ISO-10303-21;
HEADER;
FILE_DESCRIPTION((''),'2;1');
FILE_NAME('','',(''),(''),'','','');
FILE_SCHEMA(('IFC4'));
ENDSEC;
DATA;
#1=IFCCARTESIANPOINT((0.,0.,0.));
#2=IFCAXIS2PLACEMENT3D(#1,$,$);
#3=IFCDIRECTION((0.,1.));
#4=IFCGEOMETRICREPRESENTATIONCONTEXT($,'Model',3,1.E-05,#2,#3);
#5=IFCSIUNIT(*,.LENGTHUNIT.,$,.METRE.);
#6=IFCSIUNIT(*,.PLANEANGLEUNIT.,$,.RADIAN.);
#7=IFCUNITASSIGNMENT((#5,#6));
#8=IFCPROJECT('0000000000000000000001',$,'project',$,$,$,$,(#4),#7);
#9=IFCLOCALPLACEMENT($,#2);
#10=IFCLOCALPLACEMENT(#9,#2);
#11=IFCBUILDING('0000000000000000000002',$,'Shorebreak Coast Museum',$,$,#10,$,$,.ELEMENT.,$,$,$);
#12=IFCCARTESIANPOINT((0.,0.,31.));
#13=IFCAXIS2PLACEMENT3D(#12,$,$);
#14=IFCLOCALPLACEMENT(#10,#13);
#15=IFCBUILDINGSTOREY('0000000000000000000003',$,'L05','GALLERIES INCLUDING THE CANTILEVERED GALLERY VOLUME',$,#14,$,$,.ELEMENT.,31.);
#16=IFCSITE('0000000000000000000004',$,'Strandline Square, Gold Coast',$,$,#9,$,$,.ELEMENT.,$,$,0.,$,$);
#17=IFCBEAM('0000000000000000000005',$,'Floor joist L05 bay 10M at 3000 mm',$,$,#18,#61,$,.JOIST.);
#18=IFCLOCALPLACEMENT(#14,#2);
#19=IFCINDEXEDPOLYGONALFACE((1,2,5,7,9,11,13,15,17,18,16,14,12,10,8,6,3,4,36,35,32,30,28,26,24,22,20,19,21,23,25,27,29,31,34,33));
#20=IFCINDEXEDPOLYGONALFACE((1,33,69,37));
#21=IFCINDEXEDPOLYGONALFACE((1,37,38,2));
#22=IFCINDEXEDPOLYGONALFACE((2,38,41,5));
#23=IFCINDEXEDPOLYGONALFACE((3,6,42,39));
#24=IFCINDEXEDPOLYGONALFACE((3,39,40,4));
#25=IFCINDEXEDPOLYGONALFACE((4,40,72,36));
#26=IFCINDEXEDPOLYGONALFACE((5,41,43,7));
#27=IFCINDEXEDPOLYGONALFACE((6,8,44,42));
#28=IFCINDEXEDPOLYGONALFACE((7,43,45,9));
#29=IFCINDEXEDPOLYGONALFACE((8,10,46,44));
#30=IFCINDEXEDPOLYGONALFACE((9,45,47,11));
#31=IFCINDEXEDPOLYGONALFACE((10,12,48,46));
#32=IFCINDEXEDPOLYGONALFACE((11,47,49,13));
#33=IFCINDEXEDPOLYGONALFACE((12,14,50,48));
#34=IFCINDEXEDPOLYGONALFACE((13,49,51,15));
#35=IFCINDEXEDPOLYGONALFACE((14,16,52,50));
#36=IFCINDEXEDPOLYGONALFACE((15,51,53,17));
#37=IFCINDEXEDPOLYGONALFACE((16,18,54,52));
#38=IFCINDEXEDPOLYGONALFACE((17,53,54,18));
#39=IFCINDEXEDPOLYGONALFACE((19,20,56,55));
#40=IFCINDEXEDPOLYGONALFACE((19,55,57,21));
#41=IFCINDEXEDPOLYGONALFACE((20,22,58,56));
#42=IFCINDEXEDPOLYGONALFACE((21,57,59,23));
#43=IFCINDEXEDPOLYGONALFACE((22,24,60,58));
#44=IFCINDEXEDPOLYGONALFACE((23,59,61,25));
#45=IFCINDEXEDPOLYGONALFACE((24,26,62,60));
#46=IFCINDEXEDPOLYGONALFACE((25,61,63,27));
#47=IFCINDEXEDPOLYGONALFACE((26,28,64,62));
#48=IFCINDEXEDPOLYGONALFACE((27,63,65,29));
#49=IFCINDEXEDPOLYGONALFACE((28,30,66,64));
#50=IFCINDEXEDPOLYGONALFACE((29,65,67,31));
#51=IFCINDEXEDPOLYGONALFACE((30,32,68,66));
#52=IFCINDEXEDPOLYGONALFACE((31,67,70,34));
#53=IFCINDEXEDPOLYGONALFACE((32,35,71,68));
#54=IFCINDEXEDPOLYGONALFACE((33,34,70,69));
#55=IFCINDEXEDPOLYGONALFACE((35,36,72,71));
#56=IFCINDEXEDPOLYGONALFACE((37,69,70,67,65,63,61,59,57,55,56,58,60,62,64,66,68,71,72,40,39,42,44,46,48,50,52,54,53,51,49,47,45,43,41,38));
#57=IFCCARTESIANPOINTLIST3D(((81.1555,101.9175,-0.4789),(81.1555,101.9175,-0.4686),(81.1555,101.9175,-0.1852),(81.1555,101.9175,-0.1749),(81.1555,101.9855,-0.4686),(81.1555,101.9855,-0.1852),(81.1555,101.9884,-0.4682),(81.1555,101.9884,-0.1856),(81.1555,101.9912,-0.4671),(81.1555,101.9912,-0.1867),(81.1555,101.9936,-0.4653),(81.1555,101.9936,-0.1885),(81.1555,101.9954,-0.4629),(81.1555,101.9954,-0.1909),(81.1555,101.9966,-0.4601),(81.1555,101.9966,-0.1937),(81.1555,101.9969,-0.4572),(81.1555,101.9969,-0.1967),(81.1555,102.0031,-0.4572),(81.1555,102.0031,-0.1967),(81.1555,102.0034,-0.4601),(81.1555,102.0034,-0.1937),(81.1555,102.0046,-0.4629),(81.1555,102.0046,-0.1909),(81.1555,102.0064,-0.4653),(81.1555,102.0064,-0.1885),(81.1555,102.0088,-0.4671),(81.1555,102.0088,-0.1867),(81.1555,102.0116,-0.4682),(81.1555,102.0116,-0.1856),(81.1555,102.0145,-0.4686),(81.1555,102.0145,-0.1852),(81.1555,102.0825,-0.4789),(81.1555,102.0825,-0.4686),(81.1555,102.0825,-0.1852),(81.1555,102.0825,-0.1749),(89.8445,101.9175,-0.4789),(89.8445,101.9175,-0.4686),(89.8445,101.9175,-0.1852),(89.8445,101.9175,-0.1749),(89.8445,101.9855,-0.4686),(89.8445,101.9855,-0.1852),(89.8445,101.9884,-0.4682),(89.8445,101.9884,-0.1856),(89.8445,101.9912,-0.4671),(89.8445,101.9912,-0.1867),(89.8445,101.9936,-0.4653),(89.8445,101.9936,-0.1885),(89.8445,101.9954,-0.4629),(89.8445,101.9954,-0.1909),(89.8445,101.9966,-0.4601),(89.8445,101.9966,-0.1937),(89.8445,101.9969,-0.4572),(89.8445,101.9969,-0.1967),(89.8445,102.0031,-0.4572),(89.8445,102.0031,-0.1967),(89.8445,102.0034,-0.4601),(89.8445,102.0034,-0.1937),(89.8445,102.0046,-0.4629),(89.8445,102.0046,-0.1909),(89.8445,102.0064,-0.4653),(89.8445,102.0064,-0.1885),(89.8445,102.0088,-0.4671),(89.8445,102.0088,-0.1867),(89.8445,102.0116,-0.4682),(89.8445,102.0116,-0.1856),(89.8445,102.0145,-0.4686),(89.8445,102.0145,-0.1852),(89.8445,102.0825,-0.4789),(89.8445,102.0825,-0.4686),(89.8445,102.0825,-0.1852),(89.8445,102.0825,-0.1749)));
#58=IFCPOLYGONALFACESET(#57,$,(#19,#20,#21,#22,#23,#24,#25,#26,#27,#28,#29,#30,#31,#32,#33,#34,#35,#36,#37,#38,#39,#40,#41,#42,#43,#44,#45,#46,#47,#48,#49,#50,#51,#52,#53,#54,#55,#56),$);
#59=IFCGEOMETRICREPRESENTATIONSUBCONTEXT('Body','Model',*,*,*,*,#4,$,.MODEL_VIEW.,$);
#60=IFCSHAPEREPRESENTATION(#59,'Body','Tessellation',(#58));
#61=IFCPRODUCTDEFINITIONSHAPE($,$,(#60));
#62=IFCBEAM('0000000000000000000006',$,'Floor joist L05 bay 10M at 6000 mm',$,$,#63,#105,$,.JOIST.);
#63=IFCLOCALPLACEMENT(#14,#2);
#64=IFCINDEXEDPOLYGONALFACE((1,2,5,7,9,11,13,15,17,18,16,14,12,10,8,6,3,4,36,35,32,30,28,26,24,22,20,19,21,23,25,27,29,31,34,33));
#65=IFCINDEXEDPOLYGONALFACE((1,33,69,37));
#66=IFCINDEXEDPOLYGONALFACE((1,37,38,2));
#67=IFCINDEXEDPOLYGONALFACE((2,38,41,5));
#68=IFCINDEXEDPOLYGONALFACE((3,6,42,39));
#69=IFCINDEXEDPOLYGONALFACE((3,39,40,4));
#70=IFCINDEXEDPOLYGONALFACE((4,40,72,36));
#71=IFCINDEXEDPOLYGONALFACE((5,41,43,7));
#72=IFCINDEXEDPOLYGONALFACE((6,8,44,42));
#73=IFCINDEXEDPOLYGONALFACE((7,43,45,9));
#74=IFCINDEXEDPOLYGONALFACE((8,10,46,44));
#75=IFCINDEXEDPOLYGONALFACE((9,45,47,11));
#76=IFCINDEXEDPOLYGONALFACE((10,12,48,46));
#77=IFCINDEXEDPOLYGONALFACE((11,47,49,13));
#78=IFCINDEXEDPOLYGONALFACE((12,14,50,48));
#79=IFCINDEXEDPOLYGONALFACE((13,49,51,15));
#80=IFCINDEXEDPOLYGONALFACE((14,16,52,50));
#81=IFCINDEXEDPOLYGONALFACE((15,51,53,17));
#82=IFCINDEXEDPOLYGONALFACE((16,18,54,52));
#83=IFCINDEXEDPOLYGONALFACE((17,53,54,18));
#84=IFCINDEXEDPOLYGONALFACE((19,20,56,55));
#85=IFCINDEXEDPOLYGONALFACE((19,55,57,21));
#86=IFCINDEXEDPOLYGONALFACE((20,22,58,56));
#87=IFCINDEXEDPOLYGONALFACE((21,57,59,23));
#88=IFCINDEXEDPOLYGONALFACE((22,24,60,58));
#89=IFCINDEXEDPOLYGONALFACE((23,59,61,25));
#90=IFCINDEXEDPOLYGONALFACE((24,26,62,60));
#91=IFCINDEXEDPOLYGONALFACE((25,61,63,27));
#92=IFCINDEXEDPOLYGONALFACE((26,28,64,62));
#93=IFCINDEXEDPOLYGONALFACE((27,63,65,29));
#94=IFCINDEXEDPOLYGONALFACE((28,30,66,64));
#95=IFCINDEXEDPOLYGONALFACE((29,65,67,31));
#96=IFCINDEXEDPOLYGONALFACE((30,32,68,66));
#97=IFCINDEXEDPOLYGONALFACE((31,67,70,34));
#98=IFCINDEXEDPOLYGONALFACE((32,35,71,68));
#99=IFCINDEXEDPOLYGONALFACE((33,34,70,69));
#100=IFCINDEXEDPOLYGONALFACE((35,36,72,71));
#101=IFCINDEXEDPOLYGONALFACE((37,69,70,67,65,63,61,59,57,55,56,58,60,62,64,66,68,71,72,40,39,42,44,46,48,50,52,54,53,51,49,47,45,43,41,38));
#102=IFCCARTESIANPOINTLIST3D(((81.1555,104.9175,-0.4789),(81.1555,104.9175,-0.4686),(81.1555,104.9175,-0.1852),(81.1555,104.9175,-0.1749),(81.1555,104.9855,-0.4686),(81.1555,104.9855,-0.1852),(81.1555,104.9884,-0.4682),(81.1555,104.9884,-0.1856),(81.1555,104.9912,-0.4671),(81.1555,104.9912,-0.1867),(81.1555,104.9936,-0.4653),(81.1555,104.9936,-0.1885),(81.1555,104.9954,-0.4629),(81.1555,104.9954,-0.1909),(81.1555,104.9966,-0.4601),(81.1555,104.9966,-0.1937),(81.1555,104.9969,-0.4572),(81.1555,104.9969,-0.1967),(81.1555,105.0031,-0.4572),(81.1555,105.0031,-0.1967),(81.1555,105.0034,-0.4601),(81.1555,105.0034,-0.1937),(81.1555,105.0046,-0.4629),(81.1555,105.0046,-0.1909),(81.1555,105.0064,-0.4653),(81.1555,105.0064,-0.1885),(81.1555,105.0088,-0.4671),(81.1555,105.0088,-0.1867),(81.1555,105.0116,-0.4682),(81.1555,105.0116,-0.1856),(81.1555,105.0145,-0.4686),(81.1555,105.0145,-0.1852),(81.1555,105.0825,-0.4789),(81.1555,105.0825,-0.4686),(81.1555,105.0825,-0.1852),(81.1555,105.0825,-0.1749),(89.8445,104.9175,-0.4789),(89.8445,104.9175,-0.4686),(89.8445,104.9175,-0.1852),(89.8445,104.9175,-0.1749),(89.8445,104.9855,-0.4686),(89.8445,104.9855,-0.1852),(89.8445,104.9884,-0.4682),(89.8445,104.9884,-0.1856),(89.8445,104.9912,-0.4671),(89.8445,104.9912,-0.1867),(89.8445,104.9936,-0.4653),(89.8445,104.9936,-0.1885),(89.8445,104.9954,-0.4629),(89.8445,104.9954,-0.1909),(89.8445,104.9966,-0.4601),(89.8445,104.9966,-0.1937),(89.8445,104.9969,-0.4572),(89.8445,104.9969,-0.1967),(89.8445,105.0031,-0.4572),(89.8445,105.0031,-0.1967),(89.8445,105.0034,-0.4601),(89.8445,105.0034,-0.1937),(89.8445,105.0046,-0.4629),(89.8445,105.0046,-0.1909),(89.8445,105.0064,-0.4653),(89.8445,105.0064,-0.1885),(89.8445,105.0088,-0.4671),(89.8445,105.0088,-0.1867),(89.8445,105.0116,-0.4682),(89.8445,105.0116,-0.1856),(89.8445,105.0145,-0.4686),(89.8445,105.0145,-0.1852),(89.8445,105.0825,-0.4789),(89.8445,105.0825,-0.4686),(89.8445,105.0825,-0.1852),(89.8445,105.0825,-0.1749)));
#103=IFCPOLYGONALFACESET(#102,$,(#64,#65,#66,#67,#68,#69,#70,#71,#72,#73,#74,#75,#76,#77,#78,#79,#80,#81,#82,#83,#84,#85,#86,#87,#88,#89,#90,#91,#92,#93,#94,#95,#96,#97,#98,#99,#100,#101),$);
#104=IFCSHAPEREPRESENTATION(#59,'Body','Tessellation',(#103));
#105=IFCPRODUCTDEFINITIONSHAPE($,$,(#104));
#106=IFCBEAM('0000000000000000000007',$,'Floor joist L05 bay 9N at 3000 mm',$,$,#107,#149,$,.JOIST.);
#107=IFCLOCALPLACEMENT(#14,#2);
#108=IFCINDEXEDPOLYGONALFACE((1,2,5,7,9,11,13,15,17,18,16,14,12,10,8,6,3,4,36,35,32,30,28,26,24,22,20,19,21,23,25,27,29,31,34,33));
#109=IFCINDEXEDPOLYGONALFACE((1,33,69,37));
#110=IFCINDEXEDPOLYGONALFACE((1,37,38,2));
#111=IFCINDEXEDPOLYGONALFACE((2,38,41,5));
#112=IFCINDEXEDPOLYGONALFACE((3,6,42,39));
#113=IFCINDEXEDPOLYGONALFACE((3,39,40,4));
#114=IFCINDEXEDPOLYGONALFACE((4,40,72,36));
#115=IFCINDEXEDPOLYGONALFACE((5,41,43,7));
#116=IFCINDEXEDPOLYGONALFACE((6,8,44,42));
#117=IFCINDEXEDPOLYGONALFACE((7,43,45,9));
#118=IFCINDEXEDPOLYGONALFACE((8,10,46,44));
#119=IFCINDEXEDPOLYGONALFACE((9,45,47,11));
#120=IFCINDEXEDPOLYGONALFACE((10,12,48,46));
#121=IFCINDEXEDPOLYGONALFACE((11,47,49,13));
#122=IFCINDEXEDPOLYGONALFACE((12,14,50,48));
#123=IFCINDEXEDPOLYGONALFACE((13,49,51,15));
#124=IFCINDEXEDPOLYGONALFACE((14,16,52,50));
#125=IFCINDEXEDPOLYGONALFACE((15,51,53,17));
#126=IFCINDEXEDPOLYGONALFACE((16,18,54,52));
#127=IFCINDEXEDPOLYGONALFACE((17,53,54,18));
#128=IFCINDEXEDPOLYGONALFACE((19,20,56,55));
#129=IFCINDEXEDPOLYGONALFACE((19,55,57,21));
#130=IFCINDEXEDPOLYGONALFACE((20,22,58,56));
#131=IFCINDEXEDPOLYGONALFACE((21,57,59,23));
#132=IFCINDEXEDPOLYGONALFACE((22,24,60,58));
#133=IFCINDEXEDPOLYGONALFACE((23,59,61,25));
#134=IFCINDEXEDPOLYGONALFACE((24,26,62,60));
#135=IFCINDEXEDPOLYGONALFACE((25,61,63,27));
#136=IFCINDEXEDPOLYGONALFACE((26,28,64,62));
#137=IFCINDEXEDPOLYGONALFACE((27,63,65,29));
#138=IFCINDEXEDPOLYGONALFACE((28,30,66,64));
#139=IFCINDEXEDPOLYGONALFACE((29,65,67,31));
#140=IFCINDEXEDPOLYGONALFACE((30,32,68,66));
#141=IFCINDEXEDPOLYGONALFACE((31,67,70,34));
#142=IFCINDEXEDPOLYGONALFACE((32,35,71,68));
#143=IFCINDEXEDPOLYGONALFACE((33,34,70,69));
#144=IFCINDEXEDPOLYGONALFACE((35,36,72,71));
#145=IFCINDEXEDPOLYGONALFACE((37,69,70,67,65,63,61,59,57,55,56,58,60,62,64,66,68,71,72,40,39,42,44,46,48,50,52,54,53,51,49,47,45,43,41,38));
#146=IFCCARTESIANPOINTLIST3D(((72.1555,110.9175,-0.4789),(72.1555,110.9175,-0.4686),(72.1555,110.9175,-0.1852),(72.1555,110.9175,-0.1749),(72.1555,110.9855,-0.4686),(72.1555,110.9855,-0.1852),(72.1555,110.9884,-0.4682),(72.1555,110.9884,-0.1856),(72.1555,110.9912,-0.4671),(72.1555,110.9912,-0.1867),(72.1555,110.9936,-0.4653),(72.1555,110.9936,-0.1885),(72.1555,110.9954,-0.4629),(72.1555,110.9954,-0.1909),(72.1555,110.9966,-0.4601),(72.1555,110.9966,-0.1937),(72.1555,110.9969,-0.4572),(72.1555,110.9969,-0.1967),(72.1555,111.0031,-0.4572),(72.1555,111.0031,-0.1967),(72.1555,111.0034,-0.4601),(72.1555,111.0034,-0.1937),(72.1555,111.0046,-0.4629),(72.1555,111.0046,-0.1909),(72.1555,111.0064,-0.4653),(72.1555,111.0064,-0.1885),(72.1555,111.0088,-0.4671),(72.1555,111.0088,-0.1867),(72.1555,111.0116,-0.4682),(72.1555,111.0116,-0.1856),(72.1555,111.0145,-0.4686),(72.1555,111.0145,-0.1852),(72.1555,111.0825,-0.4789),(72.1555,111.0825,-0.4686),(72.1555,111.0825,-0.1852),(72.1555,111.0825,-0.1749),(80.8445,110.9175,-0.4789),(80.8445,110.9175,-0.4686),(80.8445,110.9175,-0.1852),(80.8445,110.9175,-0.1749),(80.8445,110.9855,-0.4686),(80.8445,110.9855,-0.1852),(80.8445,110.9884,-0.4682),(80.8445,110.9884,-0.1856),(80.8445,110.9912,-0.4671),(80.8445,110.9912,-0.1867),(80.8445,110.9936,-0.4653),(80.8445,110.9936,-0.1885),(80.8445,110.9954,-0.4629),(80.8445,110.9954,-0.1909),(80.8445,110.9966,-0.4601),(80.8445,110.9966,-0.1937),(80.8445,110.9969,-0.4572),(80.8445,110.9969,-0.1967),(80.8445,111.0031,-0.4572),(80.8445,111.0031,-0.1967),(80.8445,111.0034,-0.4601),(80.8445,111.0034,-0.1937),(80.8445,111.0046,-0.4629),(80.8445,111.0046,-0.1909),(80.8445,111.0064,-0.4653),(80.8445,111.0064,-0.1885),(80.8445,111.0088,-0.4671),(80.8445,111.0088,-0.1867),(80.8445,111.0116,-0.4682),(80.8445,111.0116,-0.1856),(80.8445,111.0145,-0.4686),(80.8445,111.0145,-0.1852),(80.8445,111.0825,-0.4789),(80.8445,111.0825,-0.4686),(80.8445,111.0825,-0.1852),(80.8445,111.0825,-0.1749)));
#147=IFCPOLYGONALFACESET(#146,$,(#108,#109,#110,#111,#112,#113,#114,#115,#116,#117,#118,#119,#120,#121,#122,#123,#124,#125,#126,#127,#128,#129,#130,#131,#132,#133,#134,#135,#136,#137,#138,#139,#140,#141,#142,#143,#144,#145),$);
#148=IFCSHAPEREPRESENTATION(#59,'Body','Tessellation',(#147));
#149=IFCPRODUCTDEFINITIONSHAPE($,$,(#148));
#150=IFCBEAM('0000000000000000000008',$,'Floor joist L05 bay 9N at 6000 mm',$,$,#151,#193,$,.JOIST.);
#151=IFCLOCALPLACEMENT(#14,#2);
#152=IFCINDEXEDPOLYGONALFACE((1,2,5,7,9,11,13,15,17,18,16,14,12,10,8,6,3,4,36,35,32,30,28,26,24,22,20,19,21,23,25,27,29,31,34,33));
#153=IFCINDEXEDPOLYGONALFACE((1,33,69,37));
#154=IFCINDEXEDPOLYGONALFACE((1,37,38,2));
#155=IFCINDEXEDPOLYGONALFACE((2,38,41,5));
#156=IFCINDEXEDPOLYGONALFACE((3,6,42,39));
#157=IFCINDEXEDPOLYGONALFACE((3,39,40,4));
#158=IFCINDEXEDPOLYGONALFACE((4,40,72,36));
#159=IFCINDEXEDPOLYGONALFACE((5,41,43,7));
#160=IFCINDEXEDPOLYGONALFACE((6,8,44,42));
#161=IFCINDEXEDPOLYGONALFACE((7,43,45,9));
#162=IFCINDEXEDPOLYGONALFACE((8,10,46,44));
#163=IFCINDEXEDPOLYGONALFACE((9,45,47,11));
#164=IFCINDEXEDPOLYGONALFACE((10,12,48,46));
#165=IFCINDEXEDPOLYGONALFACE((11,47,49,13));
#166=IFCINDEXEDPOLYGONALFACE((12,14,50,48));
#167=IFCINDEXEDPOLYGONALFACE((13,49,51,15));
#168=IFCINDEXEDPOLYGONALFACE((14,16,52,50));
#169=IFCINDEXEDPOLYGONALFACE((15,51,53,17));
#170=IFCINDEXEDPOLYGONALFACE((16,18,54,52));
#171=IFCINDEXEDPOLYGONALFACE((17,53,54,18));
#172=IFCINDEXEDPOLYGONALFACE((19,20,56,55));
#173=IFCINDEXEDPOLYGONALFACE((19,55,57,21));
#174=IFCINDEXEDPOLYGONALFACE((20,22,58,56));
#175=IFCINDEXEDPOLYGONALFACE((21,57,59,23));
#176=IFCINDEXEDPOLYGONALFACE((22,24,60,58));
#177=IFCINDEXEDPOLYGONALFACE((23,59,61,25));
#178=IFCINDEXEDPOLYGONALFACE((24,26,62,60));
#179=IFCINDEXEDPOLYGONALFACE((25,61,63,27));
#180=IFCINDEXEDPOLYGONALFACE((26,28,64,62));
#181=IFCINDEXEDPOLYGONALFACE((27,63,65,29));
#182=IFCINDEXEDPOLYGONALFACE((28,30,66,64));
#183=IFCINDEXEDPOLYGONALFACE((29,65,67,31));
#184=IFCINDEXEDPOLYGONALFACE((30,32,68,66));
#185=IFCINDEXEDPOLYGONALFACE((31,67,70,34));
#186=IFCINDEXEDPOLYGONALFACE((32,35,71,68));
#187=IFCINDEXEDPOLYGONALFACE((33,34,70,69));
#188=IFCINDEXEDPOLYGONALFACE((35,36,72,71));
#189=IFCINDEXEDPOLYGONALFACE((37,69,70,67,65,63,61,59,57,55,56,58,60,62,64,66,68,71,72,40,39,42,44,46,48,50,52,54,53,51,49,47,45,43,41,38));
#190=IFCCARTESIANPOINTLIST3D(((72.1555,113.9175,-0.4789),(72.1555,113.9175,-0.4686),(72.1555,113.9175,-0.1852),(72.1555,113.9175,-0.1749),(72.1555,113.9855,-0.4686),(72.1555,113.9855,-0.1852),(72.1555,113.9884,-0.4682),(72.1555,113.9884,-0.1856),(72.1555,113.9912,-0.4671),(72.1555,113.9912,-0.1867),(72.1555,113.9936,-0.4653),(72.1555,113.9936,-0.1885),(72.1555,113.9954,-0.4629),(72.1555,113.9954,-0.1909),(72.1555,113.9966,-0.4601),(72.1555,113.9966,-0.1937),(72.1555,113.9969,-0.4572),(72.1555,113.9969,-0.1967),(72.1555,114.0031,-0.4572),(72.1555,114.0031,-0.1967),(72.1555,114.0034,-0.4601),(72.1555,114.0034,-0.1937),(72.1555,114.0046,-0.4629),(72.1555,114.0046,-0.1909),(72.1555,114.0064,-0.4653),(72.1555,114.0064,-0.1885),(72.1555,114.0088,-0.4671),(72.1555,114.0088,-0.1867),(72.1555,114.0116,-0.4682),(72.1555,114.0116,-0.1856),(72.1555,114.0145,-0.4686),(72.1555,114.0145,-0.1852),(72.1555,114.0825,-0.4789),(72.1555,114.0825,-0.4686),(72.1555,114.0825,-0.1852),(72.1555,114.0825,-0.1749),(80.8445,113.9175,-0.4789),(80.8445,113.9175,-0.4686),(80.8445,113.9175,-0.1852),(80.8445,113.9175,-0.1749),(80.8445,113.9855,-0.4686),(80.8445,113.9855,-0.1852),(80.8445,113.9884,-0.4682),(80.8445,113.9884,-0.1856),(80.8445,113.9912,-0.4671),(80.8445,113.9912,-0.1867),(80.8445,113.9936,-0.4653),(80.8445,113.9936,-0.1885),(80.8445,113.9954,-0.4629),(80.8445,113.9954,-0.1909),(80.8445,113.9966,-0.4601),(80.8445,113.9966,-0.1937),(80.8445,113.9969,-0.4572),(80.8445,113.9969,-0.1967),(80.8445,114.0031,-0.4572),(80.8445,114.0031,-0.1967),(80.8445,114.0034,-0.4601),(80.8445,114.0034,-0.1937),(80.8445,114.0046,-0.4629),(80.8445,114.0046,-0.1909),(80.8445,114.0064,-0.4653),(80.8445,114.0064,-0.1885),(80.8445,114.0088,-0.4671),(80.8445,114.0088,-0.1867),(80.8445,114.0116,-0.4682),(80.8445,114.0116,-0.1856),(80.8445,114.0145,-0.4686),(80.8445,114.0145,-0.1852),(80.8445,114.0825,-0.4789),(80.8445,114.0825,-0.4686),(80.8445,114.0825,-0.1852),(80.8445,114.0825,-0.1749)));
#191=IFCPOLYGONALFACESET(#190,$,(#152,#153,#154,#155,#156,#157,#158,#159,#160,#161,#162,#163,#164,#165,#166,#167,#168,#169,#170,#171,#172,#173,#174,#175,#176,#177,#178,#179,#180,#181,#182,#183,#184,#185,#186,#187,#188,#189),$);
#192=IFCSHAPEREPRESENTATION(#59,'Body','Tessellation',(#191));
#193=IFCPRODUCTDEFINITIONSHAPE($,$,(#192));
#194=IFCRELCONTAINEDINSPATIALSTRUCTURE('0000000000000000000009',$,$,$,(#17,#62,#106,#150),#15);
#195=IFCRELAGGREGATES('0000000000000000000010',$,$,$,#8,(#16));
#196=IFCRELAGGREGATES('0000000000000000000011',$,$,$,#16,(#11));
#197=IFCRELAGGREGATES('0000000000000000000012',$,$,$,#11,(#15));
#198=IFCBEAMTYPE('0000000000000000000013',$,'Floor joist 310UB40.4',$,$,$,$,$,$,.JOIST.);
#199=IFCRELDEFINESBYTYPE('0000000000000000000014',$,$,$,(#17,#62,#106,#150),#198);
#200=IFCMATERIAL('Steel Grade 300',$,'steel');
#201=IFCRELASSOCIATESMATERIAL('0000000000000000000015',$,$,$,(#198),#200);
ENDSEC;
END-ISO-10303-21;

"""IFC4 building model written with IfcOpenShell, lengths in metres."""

from ifc_helpers import new_model, si_unit, direction, frame, origin, origin_2d, place, context, subcontext, project, spatial, i_section, extrude, material, material_profile, profile_set, type_object, element, save


model = new_model("IFC4")

# Units and contexts
model_context = context("Model", 3, precision=1e-05, world=origin(), true_north=direction((0.0, 1.0)))
body_context = subcontext(model_context, "Body", "Model", "MODEL_VIEW")
ifc_project = project(units=[si_unit("LENGTHUNIT", "METRE"), si_unit("PLANEANGLEUNIT", "RADIAN")], contexts=[model_context])

# Site, building, storey
site_placement = place(None, origin())
site = spatial("IfcSite", under=ifc_project, at=site_placement, Name="Strandline Square, Gold Coast", CompositionType="ELEMENT", RefElevation=0.0)
building_placement = place(site_placement, origin())
building = spatial("IfcBuilding", under=site, at=building_placement, Name="Shorebreak Coast Museum", CompositionType="ELEMENT")
storey_placement = place(building_placement, frame((0.0, 0.0, 31.0)))
storey = spatial("IfcBuildingStorey", under=building, at=storey_placement, Name="L05", Description="GALLERIES INCLUDING THE CANTILEVERED GALLERY VOLUME", CompositionType="ELEMENT", Elevation=31.0)

# Beams
ifc_material_1 = material(Name="Steel Grade 300", Category="steel")
ifc_material_profile_1 = material_profile(ifc_material_1, i_section(OverallWidth=0.165, OverallDepth=0.304, WebThickness=0.0061, FlangeThickness=0.0103, FilletRadius=0.0115, at=origin_2d()), Name="310UB40.4")
ifc_profile_set_1 = profile_set([ifc_material_profile_1], Name="Steel Grade 300")
beam_type_1 = type_object("IfcBeamType", Name="Floor joist 310UB40.4", PredefinedType="JOIST", material=ifc_profile_set_1)
for number, where, z_axis, x_axis, name in (
    (1, (81.1555, 102.0, -0.3269), (1.0, 0.0, 0.0), (0.0, 1.0, 0.0), "Floor joist L05 bay 10M at 3000 mm"),
    (2, (81.1555, 105.0, -0.3269), (1.0, 0.0, 0.0), (0.0, 1.0, 0.0), "Floor joist L05 bay 10M at 6000 mm"),
    (3, (72.1555, 111.0, -0.3269), (1.0, 0.0, 0.0), (0.0, 1.0, 0.0), "Floor joist L05 bay 9N at 3000 mm"),
    (4, (72.1555, 114.0, -0.3269), (1.0, 0.0, 0.0), (0.0, 1.0, 0.0), "Floor joist L05 bay 9N at 6000 mm"),
):
    element("IfcBeam", number, at=place(storey_placement, frame(where, z_axis=z_axis, x_axis=x_axis)), inside=storey, type_object=beam_type_1, Name=name, PredefinedType="JOIST", context=body_context, shape_type="SweptSolid", body=[
        extrude(i_section(OverallWidth=0.165, OverallDepth=0.304, WebThickness=0.0061, FlangeThickness=0.0103, FilletRadius=0.0115, at=origin_2d()), origin(), (0.0, 0.0, 1.0), 8.689),
    ])

save(model, "model.ifc")
